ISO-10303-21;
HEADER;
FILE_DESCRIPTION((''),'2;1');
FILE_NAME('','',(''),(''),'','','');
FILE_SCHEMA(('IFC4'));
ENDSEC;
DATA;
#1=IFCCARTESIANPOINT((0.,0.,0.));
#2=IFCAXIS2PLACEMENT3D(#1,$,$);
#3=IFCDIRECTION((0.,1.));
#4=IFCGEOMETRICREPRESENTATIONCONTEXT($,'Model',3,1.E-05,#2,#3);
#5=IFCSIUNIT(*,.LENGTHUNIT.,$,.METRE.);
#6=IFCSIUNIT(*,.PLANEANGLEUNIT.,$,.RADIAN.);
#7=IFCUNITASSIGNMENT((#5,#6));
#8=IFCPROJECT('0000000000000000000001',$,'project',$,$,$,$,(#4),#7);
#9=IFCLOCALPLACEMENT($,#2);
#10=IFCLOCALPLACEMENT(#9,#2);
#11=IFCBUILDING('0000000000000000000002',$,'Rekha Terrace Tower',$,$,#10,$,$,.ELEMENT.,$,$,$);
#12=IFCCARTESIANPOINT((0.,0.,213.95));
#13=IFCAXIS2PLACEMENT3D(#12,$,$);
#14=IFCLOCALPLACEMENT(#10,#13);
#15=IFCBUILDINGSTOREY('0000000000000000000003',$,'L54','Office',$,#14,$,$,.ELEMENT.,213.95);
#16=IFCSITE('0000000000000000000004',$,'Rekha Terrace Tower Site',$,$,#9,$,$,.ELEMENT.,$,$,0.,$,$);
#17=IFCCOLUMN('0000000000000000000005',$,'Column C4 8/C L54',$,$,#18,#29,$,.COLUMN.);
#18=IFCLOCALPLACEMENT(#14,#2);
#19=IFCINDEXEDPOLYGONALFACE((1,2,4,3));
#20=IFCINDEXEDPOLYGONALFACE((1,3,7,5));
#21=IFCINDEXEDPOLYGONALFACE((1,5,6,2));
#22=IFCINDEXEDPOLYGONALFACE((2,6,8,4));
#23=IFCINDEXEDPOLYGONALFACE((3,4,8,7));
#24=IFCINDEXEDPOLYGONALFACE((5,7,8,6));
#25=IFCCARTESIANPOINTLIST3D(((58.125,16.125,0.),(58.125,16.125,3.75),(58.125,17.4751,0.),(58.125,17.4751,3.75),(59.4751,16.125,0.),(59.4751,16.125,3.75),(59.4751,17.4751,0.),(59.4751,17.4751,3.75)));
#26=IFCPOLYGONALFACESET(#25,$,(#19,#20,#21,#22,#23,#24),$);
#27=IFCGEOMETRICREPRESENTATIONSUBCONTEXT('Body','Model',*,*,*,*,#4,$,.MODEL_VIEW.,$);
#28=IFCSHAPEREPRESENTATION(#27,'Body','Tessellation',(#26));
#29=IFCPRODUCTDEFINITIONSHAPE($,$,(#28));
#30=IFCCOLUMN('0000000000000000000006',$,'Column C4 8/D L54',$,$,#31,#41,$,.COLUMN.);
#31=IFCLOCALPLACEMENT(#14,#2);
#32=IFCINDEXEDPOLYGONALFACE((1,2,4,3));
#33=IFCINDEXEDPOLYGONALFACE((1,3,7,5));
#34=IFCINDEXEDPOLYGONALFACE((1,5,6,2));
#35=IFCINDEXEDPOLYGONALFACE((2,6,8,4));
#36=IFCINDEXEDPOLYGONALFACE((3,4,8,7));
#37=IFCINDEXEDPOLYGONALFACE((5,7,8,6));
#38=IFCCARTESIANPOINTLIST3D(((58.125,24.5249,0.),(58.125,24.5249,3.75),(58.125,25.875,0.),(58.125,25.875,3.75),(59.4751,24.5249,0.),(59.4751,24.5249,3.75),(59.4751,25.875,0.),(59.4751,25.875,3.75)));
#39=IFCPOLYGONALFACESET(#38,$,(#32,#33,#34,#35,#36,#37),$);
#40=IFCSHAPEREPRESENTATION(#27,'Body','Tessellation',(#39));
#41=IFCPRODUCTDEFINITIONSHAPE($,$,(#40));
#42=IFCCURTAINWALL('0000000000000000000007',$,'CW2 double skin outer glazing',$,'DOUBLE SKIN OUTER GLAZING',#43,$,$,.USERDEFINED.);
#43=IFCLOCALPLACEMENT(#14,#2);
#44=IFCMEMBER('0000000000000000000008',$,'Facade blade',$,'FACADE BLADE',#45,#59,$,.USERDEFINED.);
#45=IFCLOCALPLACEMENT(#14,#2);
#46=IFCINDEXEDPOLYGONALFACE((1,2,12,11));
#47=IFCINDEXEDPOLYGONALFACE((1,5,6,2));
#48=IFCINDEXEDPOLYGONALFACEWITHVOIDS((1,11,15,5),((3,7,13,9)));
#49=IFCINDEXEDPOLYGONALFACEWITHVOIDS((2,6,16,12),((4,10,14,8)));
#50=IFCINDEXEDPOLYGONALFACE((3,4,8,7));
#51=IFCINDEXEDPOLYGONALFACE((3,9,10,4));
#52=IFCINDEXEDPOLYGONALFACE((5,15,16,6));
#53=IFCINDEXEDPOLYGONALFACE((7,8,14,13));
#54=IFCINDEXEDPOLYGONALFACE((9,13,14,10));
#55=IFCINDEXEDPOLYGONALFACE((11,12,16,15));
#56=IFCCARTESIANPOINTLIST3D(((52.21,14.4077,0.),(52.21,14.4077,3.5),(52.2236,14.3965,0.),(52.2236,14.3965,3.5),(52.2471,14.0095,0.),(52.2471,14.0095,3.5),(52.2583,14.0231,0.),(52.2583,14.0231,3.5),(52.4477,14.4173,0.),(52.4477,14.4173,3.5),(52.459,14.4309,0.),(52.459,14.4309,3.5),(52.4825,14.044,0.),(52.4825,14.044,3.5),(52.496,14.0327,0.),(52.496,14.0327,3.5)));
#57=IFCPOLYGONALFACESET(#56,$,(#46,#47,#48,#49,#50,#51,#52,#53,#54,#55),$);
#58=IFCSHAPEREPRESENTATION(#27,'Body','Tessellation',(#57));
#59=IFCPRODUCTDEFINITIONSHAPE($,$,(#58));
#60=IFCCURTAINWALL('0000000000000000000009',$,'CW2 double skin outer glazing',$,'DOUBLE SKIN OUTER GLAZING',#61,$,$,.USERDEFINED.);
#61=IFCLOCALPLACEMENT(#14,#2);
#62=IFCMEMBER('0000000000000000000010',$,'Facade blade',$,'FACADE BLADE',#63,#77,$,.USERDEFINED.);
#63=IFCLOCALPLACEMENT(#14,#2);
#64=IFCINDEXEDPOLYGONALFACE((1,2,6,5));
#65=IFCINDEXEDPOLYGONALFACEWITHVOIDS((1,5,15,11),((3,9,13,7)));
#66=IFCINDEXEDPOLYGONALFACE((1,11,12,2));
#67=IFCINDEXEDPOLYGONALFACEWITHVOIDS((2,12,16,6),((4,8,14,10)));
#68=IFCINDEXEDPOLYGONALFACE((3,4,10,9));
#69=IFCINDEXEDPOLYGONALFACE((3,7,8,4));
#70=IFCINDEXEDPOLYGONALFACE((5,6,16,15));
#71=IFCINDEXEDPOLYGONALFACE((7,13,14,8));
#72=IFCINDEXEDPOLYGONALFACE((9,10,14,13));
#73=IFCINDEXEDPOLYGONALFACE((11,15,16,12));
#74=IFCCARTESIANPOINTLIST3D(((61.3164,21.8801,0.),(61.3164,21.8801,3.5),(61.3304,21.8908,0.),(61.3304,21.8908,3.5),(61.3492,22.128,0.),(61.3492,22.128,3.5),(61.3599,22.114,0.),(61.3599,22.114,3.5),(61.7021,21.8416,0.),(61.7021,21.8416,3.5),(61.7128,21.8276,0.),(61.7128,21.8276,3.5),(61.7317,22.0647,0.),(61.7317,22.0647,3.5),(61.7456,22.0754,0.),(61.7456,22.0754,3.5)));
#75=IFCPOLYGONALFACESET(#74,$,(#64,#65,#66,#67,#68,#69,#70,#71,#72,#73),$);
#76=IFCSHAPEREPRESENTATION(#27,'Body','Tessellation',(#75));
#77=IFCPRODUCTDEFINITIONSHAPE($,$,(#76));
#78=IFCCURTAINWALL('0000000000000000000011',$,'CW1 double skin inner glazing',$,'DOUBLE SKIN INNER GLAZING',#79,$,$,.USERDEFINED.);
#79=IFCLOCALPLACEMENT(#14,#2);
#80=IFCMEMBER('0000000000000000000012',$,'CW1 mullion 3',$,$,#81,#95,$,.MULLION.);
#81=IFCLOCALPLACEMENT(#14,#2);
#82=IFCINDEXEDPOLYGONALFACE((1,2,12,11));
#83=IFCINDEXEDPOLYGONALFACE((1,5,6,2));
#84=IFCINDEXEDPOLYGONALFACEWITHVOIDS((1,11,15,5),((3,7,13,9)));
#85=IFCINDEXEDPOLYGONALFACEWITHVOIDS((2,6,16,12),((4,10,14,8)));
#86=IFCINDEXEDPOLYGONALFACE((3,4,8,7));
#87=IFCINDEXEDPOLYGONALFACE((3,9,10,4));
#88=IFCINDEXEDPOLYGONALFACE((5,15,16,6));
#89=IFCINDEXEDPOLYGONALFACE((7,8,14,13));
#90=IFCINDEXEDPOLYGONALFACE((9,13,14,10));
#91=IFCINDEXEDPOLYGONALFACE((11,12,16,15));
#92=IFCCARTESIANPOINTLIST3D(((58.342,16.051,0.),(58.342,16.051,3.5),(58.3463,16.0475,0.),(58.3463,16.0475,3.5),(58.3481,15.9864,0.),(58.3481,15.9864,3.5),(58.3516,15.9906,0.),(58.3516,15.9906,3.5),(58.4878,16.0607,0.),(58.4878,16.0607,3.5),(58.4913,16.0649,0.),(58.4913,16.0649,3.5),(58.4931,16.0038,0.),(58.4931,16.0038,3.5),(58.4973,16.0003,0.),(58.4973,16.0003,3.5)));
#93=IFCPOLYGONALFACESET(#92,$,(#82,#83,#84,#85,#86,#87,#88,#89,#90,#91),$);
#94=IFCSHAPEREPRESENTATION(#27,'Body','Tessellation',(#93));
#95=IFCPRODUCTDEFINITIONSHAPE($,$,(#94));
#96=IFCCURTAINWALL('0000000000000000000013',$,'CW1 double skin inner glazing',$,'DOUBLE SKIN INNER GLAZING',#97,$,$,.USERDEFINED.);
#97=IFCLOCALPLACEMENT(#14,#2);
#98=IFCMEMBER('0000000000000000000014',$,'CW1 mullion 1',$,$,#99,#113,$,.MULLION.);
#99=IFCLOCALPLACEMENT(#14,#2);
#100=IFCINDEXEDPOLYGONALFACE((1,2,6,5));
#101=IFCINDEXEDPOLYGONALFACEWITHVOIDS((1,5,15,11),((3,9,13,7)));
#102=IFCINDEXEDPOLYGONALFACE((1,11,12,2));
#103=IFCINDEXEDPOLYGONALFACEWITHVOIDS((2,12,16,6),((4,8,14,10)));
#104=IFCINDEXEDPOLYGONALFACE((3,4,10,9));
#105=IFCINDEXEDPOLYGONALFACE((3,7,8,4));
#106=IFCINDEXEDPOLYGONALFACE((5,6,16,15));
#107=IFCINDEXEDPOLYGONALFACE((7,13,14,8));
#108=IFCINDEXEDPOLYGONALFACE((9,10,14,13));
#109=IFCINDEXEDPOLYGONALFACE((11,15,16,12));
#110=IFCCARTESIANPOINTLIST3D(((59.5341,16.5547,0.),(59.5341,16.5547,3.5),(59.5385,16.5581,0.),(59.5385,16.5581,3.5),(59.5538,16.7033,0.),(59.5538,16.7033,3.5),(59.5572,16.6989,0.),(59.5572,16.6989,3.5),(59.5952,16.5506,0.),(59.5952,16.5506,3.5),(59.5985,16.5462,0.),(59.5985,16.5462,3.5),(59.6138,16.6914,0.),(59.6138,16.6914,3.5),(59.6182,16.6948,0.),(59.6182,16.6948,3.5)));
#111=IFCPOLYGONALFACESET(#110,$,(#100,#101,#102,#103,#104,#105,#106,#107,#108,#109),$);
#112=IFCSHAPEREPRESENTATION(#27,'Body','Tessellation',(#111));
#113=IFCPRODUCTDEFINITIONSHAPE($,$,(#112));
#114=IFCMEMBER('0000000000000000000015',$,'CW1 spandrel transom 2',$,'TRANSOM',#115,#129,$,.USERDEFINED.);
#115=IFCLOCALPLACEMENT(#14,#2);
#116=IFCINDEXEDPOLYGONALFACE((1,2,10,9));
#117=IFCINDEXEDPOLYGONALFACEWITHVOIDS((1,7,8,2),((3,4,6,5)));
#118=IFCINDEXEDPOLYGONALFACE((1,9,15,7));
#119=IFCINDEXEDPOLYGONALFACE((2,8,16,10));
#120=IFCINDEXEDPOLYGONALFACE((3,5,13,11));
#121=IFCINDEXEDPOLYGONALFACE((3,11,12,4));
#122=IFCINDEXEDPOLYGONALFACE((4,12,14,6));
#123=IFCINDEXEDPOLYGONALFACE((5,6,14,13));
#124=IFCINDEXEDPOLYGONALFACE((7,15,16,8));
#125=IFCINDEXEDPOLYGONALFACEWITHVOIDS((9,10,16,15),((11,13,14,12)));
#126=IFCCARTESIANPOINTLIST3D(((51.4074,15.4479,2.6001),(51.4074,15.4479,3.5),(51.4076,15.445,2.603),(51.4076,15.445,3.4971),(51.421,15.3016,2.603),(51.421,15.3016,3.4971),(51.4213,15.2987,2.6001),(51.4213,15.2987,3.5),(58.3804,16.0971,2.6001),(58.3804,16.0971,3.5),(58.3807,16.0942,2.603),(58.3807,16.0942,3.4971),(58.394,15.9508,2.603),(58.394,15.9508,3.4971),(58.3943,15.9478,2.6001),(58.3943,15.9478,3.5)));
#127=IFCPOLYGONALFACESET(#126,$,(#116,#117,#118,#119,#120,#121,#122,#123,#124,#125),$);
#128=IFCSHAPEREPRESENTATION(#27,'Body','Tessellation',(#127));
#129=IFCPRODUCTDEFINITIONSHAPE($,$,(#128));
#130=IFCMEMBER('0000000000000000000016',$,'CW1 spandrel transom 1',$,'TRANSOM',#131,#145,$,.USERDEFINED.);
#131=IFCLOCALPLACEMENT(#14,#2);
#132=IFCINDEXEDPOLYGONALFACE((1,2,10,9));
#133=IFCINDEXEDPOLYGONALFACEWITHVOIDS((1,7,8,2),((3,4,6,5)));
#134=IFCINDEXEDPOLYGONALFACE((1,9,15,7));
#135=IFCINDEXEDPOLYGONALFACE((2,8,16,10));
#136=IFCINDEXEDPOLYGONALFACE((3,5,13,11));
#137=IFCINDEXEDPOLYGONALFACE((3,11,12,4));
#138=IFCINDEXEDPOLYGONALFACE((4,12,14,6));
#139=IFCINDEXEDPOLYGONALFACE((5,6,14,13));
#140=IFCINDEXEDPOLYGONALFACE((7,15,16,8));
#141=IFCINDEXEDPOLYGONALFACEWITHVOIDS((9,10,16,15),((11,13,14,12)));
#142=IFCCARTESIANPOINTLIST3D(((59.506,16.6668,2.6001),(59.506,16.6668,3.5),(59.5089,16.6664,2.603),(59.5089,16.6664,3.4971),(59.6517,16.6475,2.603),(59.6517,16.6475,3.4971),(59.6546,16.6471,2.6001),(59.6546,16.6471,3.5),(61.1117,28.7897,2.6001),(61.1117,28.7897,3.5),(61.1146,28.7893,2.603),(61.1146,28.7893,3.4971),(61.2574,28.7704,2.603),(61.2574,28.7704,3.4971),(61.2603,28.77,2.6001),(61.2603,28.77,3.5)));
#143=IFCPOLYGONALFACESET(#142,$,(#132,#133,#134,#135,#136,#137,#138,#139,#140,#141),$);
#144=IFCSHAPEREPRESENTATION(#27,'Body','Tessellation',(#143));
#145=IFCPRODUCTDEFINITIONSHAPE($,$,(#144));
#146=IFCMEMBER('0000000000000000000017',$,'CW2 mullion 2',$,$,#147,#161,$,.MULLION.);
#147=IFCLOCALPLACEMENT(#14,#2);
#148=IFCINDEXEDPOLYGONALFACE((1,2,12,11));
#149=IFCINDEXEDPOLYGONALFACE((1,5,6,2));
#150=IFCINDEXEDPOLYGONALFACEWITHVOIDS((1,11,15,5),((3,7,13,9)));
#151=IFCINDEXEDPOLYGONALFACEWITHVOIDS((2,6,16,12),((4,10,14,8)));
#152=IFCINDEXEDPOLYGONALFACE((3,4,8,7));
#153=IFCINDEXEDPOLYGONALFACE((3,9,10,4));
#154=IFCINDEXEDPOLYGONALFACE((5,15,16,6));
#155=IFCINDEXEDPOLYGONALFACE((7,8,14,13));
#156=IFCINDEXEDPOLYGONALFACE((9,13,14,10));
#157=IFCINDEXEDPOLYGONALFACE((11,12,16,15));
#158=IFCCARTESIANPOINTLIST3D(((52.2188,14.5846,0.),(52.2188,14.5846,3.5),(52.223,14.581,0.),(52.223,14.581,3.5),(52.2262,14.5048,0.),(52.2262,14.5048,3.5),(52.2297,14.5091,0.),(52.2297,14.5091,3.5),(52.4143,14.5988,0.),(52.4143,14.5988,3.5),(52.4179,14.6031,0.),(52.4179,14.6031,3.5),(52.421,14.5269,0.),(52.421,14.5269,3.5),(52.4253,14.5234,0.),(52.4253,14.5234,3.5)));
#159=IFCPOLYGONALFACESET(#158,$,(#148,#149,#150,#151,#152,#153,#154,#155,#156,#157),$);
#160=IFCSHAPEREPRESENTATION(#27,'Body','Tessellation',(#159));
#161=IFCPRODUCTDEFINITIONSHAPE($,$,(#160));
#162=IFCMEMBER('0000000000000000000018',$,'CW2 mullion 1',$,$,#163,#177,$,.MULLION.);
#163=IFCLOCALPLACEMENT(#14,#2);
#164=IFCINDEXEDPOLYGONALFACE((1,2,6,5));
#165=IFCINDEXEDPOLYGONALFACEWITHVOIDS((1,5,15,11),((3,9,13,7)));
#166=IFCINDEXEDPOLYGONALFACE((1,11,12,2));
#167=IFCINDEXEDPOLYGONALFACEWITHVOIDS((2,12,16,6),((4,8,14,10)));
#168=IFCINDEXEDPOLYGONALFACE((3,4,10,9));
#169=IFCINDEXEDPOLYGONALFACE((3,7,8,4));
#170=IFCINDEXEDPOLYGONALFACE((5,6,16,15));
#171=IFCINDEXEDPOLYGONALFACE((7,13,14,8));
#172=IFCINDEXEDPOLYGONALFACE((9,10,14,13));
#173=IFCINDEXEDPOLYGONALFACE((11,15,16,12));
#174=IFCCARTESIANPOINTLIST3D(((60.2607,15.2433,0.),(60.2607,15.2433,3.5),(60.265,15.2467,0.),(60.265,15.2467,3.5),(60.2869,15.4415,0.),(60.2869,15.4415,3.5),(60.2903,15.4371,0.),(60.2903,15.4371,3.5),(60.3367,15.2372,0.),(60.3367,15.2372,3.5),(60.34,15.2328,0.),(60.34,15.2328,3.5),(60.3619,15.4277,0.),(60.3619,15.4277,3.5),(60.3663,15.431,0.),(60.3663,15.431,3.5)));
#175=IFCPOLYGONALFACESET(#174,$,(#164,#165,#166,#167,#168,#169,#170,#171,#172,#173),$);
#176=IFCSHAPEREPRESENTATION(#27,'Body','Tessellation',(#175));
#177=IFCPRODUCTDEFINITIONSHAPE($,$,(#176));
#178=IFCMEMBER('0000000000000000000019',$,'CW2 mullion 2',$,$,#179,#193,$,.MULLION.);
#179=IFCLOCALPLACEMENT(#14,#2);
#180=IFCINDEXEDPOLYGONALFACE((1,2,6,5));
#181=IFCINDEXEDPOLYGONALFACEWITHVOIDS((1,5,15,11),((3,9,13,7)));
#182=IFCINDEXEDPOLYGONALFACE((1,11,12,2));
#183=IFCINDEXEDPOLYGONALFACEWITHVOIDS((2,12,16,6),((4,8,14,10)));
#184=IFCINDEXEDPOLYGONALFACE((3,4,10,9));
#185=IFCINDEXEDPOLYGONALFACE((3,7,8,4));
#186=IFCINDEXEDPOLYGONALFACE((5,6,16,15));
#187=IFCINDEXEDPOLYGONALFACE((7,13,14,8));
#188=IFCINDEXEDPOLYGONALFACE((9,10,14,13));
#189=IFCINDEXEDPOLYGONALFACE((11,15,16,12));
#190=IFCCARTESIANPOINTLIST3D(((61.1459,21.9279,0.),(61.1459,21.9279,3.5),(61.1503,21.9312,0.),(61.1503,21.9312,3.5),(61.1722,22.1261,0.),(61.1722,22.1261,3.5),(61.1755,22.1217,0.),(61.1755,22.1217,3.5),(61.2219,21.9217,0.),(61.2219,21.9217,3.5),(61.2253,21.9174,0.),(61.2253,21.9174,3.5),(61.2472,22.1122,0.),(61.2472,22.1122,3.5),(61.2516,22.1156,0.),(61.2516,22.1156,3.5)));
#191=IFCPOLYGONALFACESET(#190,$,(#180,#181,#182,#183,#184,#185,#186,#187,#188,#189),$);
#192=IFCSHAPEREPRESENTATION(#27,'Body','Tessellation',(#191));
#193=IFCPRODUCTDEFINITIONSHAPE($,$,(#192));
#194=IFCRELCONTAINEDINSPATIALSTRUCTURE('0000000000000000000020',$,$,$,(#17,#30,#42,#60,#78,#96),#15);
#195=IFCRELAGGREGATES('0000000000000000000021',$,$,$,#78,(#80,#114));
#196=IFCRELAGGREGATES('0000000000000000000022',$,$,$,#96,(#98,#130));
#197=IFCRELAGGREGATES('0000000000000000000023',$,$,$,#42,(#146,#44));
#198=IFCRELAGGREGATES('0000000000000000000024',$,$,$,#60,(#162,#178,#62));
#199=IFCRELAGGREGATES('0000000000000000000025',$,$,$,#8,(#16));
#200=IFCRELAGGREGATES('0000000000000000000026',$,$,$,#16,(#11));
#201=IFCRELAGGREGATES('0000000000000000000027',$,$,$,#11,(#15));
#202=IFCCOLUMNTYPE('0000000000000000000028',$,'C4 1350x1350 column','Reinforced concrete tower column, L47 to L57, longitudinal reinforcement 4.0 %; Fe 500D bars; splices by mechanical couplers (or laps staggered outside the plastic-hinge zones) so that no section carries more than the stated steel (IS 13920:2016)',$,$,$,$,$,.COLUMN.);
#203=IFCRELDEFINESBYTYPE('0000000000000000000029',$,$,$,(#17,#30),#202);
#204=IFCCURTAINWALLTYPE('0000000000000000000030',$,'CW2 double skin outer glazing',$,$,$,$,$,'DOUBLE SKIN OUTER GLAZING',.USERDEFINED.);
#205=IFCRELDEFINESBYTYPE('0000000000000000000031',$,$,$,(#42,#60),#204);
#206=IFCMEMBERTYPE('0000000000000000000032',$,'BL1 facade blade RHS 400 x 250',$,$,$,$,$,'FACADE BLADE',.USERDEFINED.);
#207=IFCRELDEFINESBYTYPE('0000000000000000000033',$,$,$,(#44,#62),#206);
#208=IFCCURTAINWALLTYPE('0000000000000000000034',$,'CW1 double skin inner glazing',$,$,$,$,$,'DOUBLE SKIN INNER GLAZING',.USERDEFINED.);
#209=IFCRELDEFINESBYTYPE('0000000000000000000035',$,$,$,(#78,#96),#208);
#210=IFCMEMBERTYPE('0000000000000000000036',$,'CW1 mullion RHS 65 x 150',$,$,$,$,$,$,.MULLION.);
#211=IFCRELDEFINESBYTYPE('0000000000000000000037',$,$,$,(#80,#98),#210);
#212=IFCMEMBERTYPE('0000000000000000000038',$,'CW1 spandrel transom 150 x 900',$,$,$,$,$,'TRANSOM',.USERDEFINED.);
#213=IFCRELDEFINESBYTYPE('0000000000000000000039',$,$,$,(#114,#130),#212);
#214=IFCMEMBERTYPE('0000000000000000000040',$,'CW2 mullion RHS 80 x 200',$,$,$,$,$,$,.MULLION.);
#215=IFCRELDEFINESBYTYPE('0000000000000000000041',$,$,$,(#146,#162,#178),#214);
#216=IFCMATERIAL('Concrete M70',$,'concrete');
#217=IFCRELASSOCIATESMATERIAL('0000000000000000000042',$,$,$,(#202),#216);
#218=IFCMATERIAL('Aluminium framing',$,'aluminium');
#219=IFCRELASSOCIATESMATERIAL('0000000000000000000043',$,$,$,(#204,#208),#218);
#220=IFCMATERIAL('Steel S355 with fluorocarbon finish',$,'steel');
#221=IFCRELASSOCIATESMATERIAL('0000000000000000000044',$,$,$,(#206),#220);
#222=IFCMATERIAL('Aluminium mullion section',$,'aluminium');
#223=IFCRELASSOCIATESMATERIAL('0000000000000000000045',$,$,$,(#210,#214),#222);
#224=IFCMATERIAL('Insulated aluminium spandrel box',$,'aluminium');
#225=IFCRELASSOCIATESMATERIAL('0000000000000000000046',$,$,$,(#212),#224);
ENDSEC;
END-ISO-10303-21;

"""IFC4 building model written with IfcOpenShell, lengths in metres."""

from ifc_helpers import new_model, si_unit, direction, frame, origin, origin_2d, place, context, subcontext, project, spatial, rectangle, hollow_rectangle, extrude, material, material_profile, profile_set, type_object, element, aggregate, save


model = new_model("IFC4")

# Units and contexts
model_context = context("Model", 3, precision=1e-05, world=origin(), true_north=direction((0.0, 1.0)))
body_context = subcontext(model_context, "Body", "Model", "MODEL_VIEW")
ifc_project = project(units=[si_unit("LENGTHUNIT", "METRE"), si_unit("PLANEANGLEUNIT", "RADIAN")], contexts=[model_context])

# Site, building, storey
site_placement = place(None, origin())
site = spatial("IfcSite", under=ifc_project, at=site_placement, Name="Rekha Terrace Tower Site", CompositionType="ELEMENT", RefElevation=0.0)
building_placement = place(site_placement, origin())
building = spatial("IfcBuilding", under=site, at=building_placement, Name="Rekha Terrace Tower", CompositionType="ELEMENT")
storey_placement = place(building_placement, frame((0.0, 0.0, 213.95)))
storey = spatial("IfcBuildingStorey", under=building, at=storey_placement, Name="L54", Description="Office", CompositionType="ELEMENT", Elevation=213.95)

# Columns
ifc_material_1 = material(Name="Concrete M70", Category="concrete")
ifc_material_profile_1 = material_profile(ifc_material_1, rectangle(XDim=1.3501, YDim=1.3501, at=origin_2d()), Name="RC 1350x1350")
ifc_profile_set_1 = profile_set([ifc_material_profile_1], Name="Concrete M70")
column_type = type_object("IfcColumnType", Name="C4 1350x1350 column", Description="Reinforced concrete tower column, L47 to L57, longitudinal reinforcement 4.0 %; Fe 500D bars; splices by mechanical couplers (or laps staggered outside the plastic-hinge zones) so that no section carries more than the stated steel (IS 13920:2016)", PredefinedType="COLUMN", material=ifc_profile_set_1)
for number, where, z_axis, x_axis, name in (
    (1, (58.8, 16.8, 0.0), (0.0, 0.0, 1.0), (1.0, 0.0, 0.0), "Column C4 8/C L54"),
    (2, (58.8, 25.2, 0.0), (0.0, 0.0, 1.0), (1.0, 0.0, 0.0), "Column C4 8/D L54"),
):
    element("IfcColumn", number, at=place(storey_placement, frame(where, z_axis=z_axis, x_axis=x_axis)), inside=storey, type_object=column_type, Name=name, PredefinedType="COLUMN", context=body_context, shape_type="SweptSolid", body=[
        extrude(rectangle(XDim=1.3501, YDim=1.3501, at=origin_2d()), origin(), (0.0, 0.0, 1.0), 3.75),
    ])

# Curtain walls, members
ifc_material_2 = material(Name="Aluminium framing", Category="aluminium")
curtain_wall_type_1 = type_object("IfcCurtainWallType", Name="CW2 double skin outer glazing", ElementType="DOUBLE SKIN OUTER GLAZING", PredefinedType="USERDEFINED", material=ifc_material_2)
curtain_wall_1_placement = place(storey_placement, origin())
curtain_wall_1 = element("IfcCurtainWall", 3, at=curtain_wall_1_placement, inside=storey, type_object=curtain_wall_type_1, Name="CW2 double skin outer glazing", ObjectType="DOUBLE SKIN OUTER GLAZING", PredefinedType="USERDEFINED")
ifc_material_3 = material(Name="Steel S355 with fluorocarbon finish", Category="steel")
ifc_material_profile_2 = material_profile(ifc_material_3, hollow_rectangle(XDim=0.25, YDim=0.3999, WallThickness=0.0125, at=origin_2d()), Name="RHS400x250x12.5")
ifc_profile_set_2 = profile_set([ifc_material_profile_2], Name="Steel S355 with fluorocarbon finish")
member_type_1 = type_object("IfcMemberType", Name="BL1 facade blade RHS 400 x 250", ElementType="FACADE BLADE", PredefinedType="USERDEFINED", material=ifc_profile_set_2)
member_1_placement = place(storey_placement, frame((52.353, 14.2202, 0.0), z_axis=(0.0, 0.0, 1.0), x_axis=(0.995693, 0.092709, 0.0)))
member_1 = element("IfcMember", 4, at=member_1_placement, type_object=member_type_1, Name="Facade blade", ObjectType="FACADE BLADE", PredefinedType="USERDEFINED", context=body_context, shape_type="SweptSolid", body=[
    extrude(hollow_rectangle(XDim=0.25, YDim=0.3999, WallThickness=0.0125, at=origin_2d()), origin(), (0.0, 0.0, 1.0), 3.5),
])
curtain_wall_2_placement = place(storey_placement, origin())
curtain_wall_2 = element("IfcCurtainWall", 5, at=curtain_wall_2_placement, inside=storey, type_object=curtain_wall_type_1, Name="CW2 double skin outer glazing", ObjectType="DOUBLE SKIN OUTER GLAZING", PredefinedType="USERDEFINED")
member_2_placement = place(storey_placement, frame((61.531, 21.9778, 0.0), z_axis=(0.0, 0.0, 1.0), x_axis=(0.131303, 0.991342, 0.0)))
member_2 = element("IfcMember", 6, at=member_2_placement, type_object=member_type_1, Name="Facade blade", ObjectType="FACADE BLADE", PredefinedType="USERDEFINED", context=body_context, shape_type="SweptSolid", body=[
    extrude(hollow_rectangle(XDim=0.25, YDim=0.3999, WallThickness=0.0125, at=origin_2d()), origin(), (0.0, 0.0, 1.0), 3.5),
])
curtain_wall_type_2 = type_object("IfcCurtainWallType", Name="CW1 double skin inner glazing", ElementType="DOUBLE SKIN INNER GLAZING", PredefinedType="USERDEFINED", material=ifc_material_2)
curtain_wall_3_placement = place(storey_placement, origin())
curtain_wall_3 = element("IfcCurtainWall", 7, at=curtain_wall_3_placement, inside=storey, type_object=curtain_wall_type_2, Name="CW1 double skin inner glazing", ObjectType="DOUBLE SKIN INNER GLAZING", PredefinedType="USERDEFINED")
ifc_material_4 = material(Name="Aluminium mullion section", Category="aluminium")
ifc_material_profile_3 = material_profile(ifc_material_4, hollow_rectangle(XDim=0.0649, YDim=0.1499, WallThickness=0.0039, at=origin_2d()), Name="AL RHS 65x150")
ifc_profile_set_3 = profile_set([ifc_material_profile_3], Name="Aluminium mullion section")
member_type_2 = type_object("IfcMemberType", Name="CW1 mullion RHS 65 x 150", PredefinedType="MULLION", material=ifc_profile_set_3)
member_3_placement = place(storey_placement, frame((58.4197, 16.0256, 0.0), z_axis=(0.0, 0.0, 1.0), x_axis=(-0.092709, 0.995693, 0.0)))
member_3 = element("IfcMember", 8, at=member_3_placement, type_object=member_type_2, Name="CW1 mullion 3", PredefinedType="MULLION", context=body_context, shape_type="SweptSolid", body=[
    extrude(hollow_rectangle(XDim=0.0649, YDim=0.1499, WallThickness=0.0039, at=origin_2d()), origin(), (0.0, 0.0, 1.0), 3.5),
])
curtain_wall_4_placement = place(storey_placement, origin())
curtain_wall_4 = element("IfcCurtainWall", 9, at=curtain_wall_4_placement, inside=storey, type_object=curtain_wall_type_2, Name="CW1 double skin inner glazing", ObjectType="DOUBLE SKIN INNER GLAZING", PredefinedType="USERDEFINED")
member_4_placement = place(storey_placement, frame((59.5762, 16.6248, 0.0), z_axis=(0.0, 0.0, 1.0), x_axis=(-0.991342, 0.131304, 0.0)))
member_4 = element("IfcMember", 10, at=member_4_placement, type_object=member_type_2, Name="CW1 mullion 1", PredefinedType="MULLION", context=body_context, shape_type="SweptSolid", body=[
    extrude(hollow_rectangle(XDim=0.0649, YDim=0.1499, WallThickness=0.0039, at=origin_2d()), origin(), (0.0, 0.0, 1.0), 3.5),
])

# Members
ifc_material_5 = material(Name="Insulated aluminium spandrel box", Category="aluminium")
ifc_material_profile_4 = material_profile(ifc_material_5, hollow_rectangle(XDim=0.1499, YDim=0.8999, WallThickness=0.0029, at=origin_2d()), Name="AL SPANDREL BOX 150x900")
ifc_profile_set_4 = profile_set([ifc_material_profile_4], Name="Insulated aluminium spandrel box")
member_type_3 = type_object("IfcMemberType", Name="CW1 spandrel transom 150 x 900", ElementType="TRANSOM", PredefinedType="USERDEFINED", material=ifc_profile_set_4)
member_5_placement = place(storey_placement, frame((51.4143, 15.3733, 3.05), z_axis=(0.995694, 0.092698, 0.0), x_axis=(-0.092698, 0.995694, 0.0)))
member_5 = element("IfcMember", 11, at=member_5_placement, type_object=member_type_3, Name="CW1 spandrel transom 2", ObjectType="TRANSOM", PredefinedType="USERDEFINED", context=body_context, shape_type="SweptSolid", body=[
    extrude(hollow_rectangle(XDim=0.1499, YDim=0.8999, WallThickness=0.0029, at=origin_2d()), origin(), (0.0, 0.0, 1.0), 7.0032),
])
member_6_placement = place(storey_placement, frame((59.5803, 16.657, 3.05), z_axis=(0.131307, 0.991342, 0.0), x_axis=(-0.991342, 0.131307, 0.0)))
member_6 = element("IfcMember", 12, at=member_6_placement, type_object=member_type_3, Name="CW1 spandrel transom 1", ObjectType="TRANSOM", PredefinedType="USERDEFINED", context=body_context, shape_type="SweptSolid", body=[
    extrude(hollow_rectangle(XDim=0.1499, YDim=0.8999, WallThickness=0.0029, at=origin_2d()), origin(), (0.0, 0.0, 1.0), 12.2288),
])
ifc_material_profile_5 = material_profile(ifc_material_4, hollow_rectangle(XDim=0.0801, YDim=0.2, WallThickness=0.0039, at=origin_2d()), Name="AL RHS 80x200")
ifc_profile_set_5 = profile_set([ifc_material_profile_5], Name="Aluminium mullion section")
member_type_4 = type_object("IfcMemberType", Name="CW2 mullion RHS 80 x 200", PredefinedType="MULLION", material=ifc_profile_set_5)
member_7_placement = place(storey_placement, frame((52.322, 14.554, 0.0), z_axis=(0.0, 0.0, 1.0), x_axis=(-0.092709, 0.995693, 0.0)))
member_7 = element("IfcMember", 13, at=member_7_placement, type_object=member_type_4, Name="CW2 mullion 2", PredefinedType="MULLION", context=body_context, shape_type="SweptSolid", body=[
    extrude(hollow_rectangle(XDim=0.0801, YDim=0.2, WallThickness=0.0039, at=origin_2d()), origin(), (0.0, 0.0, 1.0), 3.5),
])
member_8_placement = place(storey_placement, frame((60.3135, 15.3372, 0.0), z_axis=(0.0, 0.0, 1.0), x_axis=(-0.991342, 0.131304, 0.0)))
member_8 = element("IfcMember", 14, at=member_8_placement, type_object=member_type_4, Name="CW2 mullion 1", PredefinedType="MULLION", context=body_context, shape_type="SweptSolid", body=[
    extrude(hollow_rectangle(XDim=0.0801, YDim=0.2, WallThickness=0.0039, at=origin_2d()), origin(), (0.0, 0.0, 1.0), 3.5),
])
member_9_placement = place(storey_placement, frame((61.1987, 22.0217, 0.0), z_axis=(0.0, 0.0, 1.0), x_axis=(-0.991342, 0.131304, 0.0)))
member_9 = element("IfcMember", 15, at=member_9_placement, type_object=member_type_4, Name="CW2 mullion 2", PredefinedType="MULLION", context=body_context, shape_type="SweptSolid", body=[
    extrude(hollow_rectangle(XDim=0.0801, YDim=0.2, WallThickness=0.0039, at=origin_2d()), origin(), (0.0, 0.0, 1.0), 3.5),
])

aggregate(curtain_wall_3, [member_3, member_5])
aggregate(curtain_wall_4, [member_4, member_6])
aggregate(curtain_wall_1, [member_7, member_1])
aggregate(curtain_wall_2, [member_8, member_9, member_2])

save(model, "model.ifc")
